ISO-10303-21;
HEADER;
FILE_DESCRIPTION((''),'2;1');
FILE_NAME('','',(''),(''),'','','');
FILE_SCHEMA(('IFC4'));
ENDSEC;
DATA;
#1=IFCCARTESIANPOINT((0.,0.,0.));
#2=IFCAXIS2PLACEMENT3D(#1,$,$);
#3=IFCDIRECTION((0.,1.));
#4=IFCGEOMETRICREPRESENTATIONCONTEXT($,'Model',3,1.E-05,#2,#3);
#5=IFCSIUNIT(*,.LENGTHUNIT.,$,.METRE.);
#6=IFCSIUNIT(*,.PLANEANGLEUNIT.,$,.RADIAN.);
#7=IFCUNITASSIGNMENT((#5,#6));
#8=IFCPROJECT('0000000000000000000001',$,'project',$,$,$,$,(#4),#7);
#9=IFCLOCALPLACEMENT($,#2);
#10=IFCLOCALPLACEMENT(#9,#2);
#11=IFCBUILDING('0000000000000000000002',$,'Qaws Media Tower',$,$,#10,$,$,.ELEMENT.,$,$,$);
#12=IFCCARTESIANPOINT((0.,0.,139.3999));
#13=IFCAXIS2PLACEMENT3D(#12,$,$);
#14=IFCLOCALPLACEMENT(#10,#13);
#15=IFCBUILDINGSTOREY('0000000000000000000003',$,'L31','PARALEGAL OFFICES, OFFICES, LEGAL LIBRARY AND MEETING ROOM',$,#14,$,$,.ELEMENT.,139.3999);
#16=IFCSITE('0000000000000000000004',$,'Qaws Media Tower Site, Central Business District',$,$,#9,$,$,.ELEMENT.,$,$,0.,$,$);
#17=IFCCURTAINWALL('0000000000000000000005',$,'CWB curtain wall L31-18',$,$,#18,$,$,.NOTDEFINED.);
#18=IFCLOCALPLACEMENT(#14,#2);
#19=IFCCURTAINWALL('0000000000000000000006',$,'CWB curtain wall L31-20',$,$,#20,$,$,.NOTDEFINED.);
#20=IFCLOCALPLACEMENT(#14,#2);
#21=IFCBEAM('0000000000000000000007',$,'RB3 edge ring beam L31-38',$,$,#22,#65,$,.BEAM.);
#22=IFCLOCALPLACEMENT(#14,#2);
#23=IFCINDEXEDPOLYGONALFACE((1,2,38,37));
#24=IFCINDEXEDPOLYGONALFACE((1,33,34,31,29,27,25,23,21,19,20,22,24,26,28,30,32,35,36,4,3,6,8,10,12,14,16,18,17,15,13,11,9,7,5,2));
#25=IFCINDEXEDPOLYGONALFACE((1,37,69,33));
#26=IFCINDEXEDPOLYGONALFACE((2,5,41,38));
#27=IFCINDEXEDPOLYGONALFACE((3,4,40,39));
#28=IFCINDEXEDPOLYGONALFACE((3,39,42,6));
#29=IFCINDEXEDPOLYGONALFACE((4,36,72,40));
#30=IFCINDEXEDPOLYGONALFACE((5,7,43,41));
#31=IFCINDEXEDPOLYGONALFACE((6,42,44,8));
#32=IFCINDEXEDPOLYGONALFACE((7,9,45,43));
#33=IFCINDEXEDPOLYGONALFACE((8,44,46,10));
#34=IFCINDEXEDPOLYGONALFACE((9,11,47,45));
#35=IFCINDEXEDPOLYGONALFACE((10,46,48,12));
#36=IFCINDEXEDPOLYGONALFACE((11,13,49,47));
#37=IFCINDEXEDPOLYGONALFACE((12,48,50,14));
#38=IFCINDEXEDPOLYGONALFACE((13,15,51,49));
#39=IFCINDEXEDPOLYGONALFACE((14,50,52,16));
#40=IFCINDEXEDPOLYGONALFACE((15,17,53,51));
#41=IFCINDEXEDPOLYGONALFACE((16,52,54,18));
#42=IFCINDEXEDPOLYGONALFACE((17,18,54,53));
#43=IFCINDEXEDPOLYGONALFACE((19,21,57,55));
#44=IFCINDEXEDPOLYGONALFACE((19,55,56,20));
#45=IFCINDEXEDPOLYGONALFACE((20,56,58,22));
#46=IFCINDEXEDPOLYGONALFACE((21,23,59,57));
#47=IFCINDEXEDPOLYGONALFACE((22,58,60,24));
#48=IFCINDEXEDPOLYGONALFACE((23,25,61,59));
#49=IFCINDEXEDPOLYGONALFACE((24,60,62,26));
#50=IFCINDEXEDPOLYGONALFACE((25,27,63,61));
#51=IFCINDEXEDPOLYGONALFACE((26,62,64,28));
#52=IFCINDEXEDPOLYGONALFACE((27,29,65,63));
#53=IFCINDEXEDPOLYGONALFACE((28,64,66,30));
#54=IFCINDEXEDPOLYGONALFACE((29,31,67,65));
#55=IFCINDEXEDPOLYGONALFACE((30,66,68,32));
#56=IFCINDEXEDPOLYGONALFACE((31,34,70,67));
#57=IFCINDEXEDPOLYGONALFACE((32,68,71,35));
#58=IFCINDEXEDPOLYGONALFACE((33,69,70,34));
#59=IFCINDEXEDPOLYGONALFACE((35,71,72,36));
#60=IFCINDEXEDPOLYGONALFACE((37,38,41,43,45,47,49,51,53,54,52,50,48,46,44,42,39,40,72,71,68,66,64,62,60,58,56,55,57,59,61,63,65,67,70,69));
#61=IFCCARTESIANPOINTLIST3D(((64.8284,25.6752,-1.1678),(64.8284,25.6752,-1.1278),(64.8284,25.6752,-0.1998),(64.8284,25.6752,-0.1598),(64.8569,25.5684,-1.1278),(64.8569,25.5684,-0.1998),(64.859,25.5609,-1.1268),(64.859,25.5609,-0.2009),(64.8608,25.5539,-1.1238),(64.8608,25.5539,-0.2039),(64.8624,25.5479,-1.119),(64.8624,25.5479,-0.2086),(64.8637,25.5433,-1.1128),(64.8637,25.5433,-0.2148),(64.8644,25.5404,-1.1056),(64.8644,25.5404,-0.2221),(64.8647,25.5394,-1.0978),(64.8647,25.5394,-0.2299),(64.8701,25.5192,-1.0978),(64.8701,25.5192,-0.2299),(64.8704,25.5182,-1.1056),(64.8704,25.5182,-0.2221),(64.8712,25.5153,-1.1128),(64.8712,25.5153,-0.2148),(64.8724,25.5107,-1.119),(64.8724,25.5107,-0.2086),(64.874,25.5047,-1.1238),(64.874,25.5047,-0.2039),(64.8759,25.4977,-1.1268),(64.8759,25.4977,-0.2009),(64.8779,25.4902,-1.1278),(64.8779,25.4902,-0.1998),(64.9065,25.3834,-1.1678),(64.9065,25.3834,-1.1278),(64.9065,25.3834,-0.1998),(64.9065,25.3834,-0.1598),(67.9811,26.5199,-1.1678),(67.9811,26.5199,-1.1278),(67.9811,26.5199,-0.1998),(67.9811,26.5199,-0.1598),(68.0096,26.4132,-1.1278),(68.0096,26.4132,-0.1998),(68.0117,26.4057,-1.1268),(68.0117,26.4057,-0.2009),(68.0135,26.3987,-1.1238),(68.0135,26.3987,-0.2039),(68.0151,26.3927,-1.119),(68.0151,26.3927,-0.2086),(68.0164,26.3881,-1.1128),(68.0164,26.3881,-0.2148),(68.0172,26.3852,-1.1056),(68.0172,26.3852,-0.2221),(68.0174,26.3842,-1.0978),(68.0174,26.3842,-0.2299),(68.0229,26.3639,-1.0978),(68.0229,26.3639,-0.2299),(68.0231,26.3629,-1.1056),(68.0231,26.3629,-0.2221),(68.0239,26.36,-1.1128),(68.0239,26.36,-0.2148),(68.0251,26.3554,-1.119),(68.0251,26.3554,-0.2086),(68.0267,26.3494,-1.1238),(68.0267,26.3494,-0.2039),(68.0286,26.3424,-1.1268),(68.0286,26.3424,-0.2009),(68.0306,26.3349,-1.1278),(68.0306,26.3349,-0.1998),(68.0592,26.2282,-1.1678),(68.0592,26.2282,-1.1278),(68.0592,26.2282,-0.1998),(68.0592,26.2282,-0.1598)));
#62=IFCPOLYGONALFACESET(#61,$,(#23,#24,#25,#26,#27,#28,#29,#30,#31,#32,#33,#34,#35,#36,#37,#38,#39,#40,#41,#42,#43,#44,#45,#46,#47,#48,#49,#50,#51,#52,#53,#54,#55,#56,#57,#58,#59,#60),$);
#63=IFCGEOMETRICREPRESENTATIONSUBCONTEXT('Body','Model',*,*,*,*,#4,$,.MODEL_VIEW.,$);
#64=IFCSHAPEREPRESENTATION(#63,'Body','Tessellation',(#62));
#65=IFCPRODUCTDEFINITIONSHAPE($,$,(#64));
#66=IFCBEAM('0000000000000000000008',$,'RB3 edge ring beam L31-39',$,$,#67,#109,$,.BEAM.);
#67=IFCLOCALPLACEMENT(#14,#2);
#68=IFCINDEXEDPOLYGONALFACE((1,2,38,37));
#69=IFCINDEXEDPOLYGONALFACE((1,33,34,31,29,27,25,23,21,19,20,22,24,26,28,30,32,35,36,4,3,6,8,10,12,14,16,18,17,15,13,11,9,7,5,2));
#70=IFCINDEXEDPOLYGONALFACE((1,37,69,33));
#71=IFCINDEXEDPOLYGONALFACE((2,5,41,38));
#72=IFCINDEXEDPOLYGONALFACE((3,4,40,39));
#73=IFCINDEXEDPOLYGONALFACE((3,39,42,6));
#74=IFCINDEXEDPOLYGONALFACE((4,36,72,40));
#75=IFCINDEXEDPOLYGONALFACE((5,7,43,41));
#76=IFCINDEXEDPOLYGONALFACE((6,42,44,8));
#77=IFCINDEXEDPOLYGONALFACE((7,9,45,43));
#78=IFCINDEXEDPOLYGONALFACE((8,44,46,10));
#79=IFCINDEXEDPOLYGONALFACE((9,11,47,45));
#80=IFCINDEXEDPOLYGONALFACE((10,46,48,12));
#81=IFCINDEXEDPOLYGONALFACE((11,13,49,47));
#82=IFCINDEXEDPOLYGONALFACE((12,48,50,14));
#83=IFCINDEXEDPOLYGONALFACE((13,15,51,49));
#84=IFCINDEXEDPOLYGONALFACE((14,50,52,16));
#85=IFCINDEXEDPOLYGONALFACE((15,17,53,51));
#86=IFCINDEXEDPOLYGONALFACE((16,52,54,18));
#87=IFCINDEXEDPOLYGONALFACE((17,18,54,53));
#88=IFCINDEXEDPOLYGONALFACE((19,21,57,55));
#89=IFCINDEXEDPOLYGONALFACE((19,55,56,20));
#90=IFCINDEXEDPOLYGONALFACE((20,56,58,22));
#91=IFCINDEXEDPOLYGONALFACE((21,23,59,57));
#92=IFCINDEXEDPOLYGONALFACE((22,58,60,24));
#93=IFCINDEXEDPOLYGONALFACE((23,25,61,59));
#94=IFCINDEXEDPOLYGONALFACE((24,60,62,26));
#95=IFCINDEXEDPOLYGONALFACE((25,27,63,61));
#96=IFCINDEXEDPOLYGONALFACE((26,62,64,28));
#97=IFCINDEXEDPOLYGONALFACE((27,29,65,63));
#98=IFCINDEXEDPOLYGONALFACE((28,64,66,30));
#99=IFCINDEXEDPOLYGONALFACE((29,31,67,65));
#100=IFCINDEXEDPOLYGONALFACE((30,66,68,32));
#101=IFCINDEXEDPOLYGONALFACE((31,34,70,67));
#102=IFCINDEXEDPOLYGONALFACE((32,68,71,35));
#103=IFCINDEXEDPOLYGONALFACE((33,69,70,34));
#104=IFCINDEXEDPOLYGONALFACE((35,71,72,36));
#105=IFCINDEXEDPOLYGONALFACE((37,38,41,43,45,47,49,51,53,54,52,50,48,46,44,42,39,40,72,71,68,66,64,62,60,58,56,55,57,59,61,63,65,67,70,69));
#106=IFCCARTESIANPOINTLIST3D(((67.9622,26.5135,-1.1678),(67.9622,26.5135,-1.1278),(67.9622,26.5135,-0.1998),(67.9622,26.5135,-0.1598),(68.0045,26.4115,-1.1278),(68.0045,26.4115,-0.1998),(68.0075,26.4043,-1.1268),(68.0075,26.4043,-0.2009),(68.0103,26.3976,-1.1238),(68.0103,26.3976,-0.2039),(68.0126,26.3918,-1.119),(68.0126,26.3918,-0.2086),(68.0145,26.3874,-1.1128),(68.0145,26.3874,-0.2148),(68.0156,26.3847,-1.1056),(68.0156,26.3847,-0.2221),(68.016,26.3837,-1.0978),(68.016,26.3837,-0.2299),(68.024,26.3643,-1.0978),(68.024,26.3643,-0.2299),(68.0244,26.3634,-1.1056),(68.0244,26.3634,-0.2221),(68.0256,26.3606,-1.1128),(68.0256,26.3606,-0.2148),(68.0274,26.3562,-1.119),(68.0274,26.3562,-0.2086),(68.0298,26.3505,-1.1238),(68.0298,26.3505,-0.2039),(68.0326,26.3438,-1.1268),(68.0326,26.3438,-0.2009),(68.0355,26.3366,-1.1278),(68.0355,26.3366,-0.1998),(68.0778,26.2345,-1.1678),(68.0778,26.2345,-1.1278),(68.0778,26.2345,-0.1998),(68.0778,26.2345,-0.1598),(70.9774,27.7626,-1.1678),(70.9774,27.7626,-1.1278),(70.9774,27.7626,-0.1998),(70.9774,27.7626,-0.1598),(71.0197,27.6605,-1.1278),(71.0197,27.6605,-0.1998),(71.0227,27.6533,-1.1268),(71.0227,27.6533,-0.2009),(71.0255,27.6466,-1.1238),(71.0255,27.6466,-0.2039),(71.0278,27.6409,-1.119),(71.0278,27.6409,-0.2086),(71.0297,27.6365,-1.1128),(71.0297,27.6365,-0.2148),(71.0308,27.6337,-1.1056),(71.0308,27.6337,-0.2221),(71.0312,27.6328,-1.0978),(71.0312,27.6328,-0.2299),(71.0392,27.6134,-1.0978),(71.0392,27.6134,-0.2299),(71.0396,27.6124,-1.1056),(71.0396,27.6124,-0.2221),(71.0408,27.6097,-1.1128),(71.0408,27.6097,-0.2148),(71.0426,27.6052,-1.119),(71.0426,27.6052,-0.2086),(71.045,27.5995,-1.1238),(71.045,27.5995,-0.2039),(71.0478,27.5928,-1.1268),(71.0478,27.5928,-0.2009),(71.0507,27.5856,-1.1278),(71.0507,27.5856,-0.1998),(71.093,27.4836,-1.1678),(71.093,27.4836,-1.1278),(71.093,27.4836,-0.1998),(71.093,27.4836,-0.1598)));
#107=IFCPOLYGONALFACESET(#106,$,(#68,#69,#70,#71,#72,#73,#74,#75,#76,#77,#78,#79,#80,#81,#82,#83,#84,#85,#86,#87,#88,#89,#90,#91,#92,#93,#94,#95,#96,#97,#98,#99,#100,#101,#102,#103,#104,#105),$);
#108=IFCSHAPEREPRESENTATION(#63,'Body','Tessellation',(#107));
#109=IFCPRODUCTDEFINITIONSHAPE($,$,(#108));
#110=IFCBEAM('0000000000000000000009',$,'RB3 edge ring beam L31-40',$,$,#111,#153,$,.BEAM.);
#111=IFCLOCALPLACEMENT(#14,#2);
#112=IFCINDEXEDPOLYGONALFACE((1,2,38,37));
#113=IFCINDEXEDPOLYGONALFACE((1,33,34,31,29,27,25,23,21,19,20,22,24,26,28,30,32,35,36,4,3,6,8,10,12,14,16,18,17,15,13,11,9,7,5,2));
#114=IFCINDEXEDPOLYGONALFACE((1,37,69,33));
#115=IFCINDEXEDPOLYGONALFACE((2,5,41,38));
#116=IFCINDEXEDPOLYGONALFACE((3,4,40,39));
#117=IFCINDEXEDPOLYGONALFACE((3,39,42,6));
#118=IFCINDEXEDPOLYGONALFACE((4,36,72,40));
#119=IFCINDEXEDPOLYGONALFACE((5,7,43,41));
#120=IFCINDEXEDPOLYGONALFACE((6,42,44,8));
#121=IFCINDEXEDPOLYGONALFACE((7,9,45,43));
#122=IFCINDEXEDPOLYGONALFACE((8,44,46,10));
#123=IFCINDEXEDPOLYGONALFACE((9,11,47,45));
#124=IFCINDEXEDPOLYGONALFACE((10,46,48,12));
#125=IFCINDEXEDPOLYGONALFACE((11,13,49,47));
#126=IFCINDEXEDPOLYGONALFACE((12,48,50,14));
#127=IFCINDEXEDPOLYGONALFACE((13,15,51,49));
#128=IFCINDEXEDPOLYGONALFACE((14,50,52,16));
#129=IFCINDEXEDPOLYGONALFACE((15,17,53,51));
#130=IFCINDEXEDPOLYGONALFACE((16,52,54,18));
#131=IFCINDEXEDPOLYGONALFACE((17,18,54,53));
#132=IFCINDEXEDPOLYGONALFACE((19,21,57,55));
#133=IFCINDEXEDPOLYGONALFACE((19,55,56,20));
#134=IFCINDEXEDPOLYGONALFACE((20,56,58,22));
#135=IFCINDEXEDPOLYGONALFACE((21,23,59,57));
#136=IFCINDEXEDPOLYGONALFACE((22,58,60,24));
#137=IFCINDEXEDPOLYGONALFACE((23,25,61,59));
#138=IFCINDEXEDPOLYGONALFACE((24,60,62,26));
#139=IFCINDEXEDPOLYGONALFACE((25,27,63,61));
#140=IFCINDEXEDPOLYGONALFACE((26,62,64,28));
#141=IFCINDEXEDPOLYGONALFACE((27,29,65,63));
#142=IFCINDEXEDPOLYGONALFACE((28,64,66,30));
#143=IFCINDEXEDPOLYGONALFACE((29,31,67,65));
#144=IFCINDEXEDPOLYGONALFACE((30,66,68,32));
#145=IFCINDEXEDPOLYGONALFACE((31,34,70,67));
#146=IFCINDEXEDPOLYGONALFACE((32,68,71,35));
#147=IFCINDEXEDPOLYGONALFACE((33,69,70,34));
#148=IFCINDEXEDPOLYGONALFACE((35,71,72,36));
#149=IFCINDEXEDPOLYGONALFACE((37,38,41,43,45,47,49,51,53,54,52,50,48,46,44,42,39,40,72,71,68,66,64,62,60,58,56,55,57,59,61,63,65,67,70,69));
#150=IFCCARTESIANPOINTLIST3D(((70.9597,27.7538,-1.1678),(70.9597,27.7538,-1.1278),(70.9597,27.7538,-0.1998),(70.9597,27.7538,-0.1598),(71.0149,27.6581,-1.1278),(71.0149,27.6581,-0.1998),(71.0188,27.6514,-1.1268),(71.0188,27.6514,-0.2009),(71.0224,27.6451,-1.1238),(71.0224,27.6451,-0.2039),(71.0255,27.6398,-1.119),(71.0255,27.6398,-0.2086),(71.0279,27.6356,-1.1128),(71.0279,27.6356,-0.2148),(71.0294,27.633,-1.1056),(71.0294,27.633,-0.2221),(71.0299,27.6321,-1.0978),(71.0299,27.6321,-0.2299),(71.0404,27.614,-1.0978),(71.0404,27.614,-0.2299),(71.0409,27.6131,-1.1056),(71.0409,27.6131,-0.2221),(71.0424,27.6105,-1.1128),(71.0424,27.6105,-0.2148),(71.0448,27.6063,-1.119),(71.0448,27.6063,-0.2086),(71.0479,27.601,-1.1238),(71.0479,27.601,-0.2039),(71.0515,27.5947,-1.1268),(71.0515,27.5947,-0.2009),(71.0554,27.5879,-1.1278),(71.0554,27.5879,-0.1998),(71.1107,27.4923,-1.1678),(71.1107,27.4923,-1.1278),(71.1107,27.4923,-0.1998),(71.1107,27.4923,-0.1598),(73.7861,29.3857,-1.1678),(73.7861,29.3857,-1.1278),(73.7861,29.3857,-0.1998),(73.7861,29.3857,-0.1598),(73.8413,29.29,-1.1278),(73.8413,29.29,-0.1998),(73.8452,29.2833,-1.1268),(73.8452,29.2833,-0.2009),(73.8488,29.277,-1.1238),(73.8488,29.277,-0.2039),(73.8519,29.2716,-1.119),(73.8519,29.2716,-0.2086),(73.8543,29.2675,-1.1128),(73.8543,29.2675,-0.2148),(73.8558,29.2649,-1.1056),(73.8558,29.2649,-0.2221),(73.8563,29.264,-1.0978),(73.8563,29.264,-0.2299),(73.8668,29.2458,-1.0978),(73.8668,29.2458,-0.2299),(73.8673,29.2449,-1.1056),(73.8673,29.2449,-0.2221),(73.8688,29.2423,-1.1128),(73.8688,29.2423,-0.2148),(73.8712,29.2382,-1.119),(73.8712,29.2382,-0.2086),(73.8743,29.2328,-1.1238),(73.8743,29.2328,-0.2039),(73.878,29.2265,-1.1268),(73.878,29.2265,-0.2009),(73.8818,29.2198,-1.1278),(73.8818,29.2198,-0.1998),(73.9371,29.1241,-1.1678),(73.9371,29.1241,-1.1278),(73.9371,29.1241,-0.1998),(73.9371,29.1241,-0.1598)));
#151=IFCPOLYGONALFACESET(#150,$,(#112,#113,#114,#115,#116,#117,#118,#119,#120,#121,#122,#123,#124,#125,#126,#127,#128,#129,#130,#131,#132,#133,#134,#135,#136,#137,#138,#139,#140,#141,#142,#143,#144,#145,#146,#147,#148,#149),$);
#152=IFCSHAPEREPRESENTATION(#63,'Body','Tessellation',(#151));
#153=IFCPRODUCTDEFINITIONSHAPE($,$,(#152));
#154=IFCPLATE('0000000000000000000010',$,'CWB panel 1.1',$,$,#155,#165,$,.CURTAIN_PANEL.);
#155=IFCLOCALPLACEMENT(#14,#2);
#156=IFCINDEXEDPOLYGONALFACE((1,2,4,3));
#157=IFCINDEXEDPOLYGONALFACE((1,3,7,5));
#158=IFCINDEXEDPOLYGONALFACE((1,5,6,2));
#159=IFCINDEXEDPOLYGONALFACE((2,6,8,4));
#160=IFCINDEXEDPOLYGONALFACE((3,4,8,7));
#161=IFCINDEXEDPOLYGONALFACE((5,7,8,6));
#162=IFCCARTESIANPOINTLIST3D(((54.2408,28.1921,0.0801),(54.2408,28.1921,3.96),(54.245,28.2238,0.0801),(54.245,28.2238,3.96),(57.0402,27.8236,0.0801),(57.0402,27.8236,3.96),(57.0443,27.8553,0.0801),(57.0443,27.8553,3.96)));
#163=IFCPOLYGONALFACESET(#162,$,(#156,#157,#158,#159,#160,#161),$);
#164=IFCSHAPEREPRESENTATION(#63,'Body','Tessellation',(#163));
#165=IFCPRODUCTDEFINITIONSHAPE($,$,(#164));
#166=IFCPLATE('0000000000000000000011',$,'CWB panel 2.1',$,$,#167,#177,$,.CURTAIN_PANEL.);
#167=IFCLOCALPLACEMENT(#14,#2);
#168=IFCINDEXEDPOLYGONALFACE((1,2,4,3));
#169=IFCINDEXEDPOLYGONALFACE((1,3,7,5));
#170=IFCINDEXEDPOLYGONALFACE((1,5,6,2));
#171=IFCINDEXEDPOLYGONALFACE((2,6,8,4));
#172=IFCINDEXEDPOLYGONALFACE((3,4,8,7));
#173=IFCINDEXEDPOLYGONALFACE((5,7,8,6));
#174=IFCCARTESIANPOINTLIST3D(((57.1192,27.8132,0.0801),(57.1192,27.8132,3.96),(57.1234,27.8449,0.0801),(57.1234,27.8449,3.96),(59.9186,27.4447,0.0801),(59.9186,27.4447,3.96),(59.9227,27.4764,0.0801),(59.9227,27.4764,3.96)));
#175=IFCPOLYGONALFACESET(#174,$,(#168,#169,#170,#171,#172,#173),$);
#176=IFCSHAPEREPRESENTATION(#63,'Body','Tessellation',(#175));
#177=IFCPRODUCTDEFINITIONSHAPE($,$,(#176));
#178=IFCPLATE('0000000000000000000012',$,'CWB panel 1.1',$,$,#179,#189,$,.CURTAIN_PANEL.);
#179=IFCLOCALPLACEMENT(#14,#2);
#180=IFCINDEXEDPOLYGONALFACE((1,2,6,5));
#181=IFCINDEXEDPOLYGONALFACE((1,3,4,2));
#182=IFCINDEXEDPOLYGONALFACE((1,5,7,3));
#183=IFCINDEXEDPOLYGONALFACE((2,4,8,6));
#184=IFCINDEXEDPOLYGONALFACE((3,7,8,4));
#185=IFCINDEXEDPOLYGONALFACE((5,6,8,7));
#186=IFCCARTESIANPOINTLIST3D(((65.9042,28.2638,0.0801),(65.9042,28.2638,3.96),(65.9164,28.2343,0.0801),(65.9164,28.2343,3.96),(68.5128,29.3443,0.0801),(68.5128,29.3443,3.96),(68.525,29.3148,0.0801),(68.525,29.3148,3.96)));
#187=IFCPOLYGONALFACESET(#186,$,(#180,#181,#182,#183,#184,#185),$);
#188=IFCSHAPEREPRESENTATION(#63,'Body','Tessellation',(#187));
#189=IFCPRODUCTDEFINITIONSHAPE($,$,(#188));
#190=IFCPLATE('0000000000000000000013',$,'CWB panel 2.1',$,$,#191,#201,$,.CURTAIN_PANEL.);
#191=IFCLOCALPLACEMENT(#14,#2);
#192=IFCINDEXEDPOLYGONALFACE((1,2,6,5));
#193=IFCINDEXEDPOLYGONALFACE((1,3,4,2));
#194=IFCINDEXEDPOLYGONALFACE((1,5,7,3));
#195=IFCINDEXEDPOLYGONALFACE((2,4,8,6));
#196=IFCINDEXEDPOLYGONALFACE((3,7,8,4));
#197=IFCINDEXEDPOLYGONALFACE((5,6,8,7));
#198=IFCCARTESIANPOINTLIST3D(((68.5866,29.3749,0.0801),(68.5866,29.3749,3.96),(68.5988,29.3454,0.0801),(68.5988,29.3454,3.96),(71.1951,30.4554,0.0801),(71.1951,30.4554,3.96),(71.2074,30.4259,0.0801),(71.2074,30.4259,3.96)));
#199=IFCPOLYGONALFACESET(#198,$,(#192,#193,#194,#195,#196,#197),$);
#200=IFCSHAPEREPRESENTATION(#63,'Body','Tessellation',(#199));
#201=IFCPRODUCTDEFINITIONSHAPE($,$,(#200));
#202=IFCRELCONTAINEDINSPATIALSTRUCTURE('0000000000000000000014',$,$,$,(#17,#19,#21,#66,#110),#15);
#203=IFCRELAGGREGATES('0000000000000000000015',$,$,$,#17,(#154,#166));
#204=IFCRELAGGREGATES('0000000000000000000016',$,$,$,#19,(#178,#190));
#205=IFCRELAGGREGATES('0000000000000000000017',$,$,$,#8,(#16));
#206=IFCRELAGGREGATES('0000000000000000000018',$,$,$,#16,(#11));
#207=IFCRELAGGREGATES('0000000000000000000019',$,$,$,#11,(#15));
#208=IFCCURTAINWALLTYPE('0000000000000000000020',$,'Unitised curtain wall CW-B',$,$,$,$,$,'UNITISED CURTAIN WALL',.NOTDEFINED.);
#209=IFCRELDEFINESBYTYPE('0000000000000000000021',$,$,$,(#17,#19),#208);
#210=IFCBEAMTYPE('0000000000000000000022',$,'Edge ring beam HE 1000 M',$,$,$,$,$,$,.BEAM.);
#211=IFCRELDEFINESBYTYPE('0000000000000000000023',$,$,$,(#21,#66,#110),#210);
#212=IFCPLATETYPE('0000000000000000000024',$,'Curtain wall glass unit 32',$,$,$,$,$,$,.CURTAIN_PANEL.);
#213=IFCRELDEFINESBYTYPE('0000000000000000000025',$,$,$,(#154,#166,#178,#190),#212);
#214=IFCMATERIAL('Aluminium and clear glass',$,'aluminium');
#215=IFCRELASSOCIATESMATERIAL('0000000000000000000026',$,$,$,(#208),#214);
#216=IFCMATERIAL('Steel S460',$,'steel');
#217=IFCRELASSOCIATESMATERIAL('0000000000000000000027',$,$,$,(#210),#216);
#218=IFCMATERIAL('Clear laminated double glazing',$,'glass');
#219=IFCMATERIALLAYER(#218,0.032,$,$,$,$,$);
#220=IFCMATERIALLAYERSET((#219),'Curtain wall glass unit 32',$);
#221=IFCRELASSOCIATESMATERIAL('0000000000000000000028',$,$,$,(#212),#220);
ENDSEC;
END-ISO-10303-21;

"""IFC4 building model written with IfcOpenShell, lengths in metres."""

from ifc_helpers import new_model, si_unit, direction, frame, origin, origin_2d, place, context, subcontext, project, spatial, rectangle, i_section, extrude, material, layer, layer_set, material_profile, profile_set, type_object, element, aggregate, save


model = new_model("IFC4")

# Units and contexts
model_context = context("Model", 3, precision=1e-05, world=origin(), true_north=direction((0.0, 1.0)))
body_context = subcontext(model_context, "Body", "Model", "MODEL_VIEW")
ifc_project = project(units=[si_unit("LENGTHUNIT", "METRE"), si_unit("PLANEANGLEUNIT", "RADIAN")], contexts=[model_context])

# Site, building, storey
site_placement = place(None, origin())
site = spatial("IfcSite", under=ifc_project, at=site_placement, Name="Qaws Media Tower Site, Central Business District", CompositionType="ELEMENT", RefElevation=0.0)
building_placement = place(site_placement, origin())
building = spatial("IfcBuilding", under=site, at=building_placement, Name="Qaws Media Tower", CompositionType="ELEMENT")
storey_placement = place(building_placement, frame((0.0, 0.0, 139.3999)))
storey = spatial("IfcBuildingStorey", under=building, at=storey_placement, Name="L31", Description="PARALEGAL OFFICES, OFFICES, LEGAL LIBRARY AND MEETING ROOM", CompositionType="ELEMENT", Elevation=139.3999)

# Curtain walls
ifc_material_1 = material(Name="Aluminium and clear glass", Category="aluminium")
curtain_wall_type = type_object("IfcCurtainWallType", Name="Unitised curtain wall CW-B", ElementType="UNITISED CURTAIN WALL", PredefinedType="NOTDEFINED", material=ifc_material_1)
curtain_wall_1_placement = place(storey_placement, origin())
curtain_wall_1 = element("IfcCurtainWall", 1, at=curtain_wall_1_placement, inside=storey, type_object=curtain_wall_type, Name="CWB curtain wall L31-18", PredefinedType="NOTDEFINED")
curtain_wall_2_placement = place(storey_placement, origin())
curtain_wall_2 = element("IfcCurtainWall", 2, at=curtain_wall_2_placement, inside=storey, type_object=curtain_wall_type, Name="CWB curtain wall L31-20", PredefinedType="NOTDEFINED")

# Beams
ifc_material_2 = material(Name="Steel S460", Category="steel")
ifc_material_profile_1 = material_profile(ifc_material_2, i_section(OverallWidth=0.302, OverallDepth=1.0081, WebThickness=0.021, FlangeThickness=0.04, FilletRadius=0.03, at=origin_2d()), Name="HE 1000 M")
ifc_profile_set_1 = profile_set([ifc_material_profile_1], Name="Steel S460")
beam_type = type_object("IfcBeamType", Name="Edge ring beam HE 1000 M", PredefinedType="BEAM", material=ifc_profile_set_1)
beam_1_placement = place(storey_placement, frame((64.8674, 25.5293, -0.6638), z_axis=(0.965926, 0.258817, 0.0), x_axis=(-0.258817, 0.965926, 0.0)))
element("IfcBeam", 3, at=beam_1_placement, inside=storey, type_object=beam_type, Name="RB3 edge ring beam L31-38", PredefinedType="BEAM", context=body_context, shape_type="SweptSolid", body=[
    extrude(i_section(OverallWidth=0.302, OverallDepth=1.0081, WebThickness=0.021, FlangeThickness=0.04, FilletRadius=0.03, at=origin_2d()), origin(), (0.0, 0.0, 1.0), 3.2639),
])
for number, where, z_axis, x_axis, name in (
    (4, (68.02, 26.374, -0.6638), (0.923867, 0.382713, 0.0), (-0.382713, 0.923867, 0.0), "RB3 edge ring beam L31-39"),
    (5, (71.0352, 27.623, -0.6638), (0.866025, 0.500001, 0.0), (-0.500001, 0.866025, 0.0), "RB3 edge ring beam L31-40"),
):
    element("IfcBeam", number, at=place(storey_placement, frame(where, z_axis=z_axis, x_axis=x_axis)), inside=storey, type_object=beam_type, Name=name, PredefinedType="BEAM", context=body_context, shape_type="SweptSolid", body=[
        extrude(i_section(OverallWidth=0.302, OverallDepth=1.0081, WebThickness=0.021, FlangeThickness=0.04, FilletRadius=0.03, at=origin_2d()), origin(), (0.0, 0.0, 1.0), 3.2637),
    ])

# Plates
ifc_material_3 = material(Name="Clear laminated double glazing", Category="glass")
ifc_layer_1 = layer(ifc_material_3, 0.032)
ifc_layer_set_1 = layer_set([ifc_layer_1], Name="Curtain wall glass unit 32")
plate_type_1 = type_object("IfcPlateType", Name="Curtain wall glass unit 32", PredefinedType="CURTAIN_PANEL", material=ifc_layer_set_1)
plate_1_placement = place(storey_placement, frame((55.6426, 28.0237, 0.0801), z_axis=(0.0, 0.0, 1.0), x_axis=(0.991445, -0.130526, 0.0)))
plate_1 = element("IfcPlate", 6, at=plate_1_placement, type_object=plate_type_1, Name="CWB panel 1.1", PredefinedType="CURTAIN_PANEL", context=body_context, shape_type="SweptSolid", body=[
    extrude(rectangle(XDim=2.8235, YDim=0.032, at=origin_2d()), origin(), (0.0, 0.0, 1.0), 3.8799),
])
plate_2_placement = place(storey_placement, frame((58.521, 27.6448, 0.0801), z_axis=(0.0, 0.0, 1.0), x_axis=(0.991445, -0.130526, 0.0)))
plate_2 = element("IfcPlate", 7, at=plate_2_placement, type_object=plate_type_1, Name="CWB panel 2.1", PredefinedType="CURTAIN_PANEL", context=body_context, shape_type="SweptSolid", body=[
    extrude(rectangle(XDim=2.8235, YDim=0.032, at=origin_2d()), origin(), (0.0, 0.0, 1.0), 3.8799),
])
aggregate(curtain_wall_1, [plate_1, plate_2])
plate_3_placement = place(storey_placement, frame((67.2146, 28.7893, 0.0801), z_axis=(0.0, 0.0, 1.0), x_axis=(0.92388, 0.382683, 0.0)))
plate_3 = element("IfcPlate", 8, at=plate_3_placement, type_object=plate_type_1, Name="CWB panel 1.1", PredefinedType="CURTAIN_PANEL", context=body_context, shape_type="SweptSolid", body=[
    extrude(rectangle(XDim=2.8235, YDim=0.032, at=origin_2d()), origin(), (0.0, 0.0, 1.0), 3.8799),
])
plate_4_placement = place(storey_placement, frame((69.897, 29.9004, 0.0801), z_axis=(0.0, 0.0, 1.0), x_axis=(0.92388, 0.382683, 0.0)))
plate_4 = element("IfcPlate", 9, at=plate_4_placement, type_object=plate_type_1, Name="CWB panel 2.1", PredefinedType="CURTAIN_PANEL", context=body_context, shape_type="SweptSolid", body=[
    extrude(rectangle(XDim=2.8235, YDim=0.032, at=origin_2d()), origin(), (0.0, 0.0, 1.0), 3.8799),
])
aggregate(curtain_wall_2, [plate_3, plate_4])

save(model, "model.ifc")
